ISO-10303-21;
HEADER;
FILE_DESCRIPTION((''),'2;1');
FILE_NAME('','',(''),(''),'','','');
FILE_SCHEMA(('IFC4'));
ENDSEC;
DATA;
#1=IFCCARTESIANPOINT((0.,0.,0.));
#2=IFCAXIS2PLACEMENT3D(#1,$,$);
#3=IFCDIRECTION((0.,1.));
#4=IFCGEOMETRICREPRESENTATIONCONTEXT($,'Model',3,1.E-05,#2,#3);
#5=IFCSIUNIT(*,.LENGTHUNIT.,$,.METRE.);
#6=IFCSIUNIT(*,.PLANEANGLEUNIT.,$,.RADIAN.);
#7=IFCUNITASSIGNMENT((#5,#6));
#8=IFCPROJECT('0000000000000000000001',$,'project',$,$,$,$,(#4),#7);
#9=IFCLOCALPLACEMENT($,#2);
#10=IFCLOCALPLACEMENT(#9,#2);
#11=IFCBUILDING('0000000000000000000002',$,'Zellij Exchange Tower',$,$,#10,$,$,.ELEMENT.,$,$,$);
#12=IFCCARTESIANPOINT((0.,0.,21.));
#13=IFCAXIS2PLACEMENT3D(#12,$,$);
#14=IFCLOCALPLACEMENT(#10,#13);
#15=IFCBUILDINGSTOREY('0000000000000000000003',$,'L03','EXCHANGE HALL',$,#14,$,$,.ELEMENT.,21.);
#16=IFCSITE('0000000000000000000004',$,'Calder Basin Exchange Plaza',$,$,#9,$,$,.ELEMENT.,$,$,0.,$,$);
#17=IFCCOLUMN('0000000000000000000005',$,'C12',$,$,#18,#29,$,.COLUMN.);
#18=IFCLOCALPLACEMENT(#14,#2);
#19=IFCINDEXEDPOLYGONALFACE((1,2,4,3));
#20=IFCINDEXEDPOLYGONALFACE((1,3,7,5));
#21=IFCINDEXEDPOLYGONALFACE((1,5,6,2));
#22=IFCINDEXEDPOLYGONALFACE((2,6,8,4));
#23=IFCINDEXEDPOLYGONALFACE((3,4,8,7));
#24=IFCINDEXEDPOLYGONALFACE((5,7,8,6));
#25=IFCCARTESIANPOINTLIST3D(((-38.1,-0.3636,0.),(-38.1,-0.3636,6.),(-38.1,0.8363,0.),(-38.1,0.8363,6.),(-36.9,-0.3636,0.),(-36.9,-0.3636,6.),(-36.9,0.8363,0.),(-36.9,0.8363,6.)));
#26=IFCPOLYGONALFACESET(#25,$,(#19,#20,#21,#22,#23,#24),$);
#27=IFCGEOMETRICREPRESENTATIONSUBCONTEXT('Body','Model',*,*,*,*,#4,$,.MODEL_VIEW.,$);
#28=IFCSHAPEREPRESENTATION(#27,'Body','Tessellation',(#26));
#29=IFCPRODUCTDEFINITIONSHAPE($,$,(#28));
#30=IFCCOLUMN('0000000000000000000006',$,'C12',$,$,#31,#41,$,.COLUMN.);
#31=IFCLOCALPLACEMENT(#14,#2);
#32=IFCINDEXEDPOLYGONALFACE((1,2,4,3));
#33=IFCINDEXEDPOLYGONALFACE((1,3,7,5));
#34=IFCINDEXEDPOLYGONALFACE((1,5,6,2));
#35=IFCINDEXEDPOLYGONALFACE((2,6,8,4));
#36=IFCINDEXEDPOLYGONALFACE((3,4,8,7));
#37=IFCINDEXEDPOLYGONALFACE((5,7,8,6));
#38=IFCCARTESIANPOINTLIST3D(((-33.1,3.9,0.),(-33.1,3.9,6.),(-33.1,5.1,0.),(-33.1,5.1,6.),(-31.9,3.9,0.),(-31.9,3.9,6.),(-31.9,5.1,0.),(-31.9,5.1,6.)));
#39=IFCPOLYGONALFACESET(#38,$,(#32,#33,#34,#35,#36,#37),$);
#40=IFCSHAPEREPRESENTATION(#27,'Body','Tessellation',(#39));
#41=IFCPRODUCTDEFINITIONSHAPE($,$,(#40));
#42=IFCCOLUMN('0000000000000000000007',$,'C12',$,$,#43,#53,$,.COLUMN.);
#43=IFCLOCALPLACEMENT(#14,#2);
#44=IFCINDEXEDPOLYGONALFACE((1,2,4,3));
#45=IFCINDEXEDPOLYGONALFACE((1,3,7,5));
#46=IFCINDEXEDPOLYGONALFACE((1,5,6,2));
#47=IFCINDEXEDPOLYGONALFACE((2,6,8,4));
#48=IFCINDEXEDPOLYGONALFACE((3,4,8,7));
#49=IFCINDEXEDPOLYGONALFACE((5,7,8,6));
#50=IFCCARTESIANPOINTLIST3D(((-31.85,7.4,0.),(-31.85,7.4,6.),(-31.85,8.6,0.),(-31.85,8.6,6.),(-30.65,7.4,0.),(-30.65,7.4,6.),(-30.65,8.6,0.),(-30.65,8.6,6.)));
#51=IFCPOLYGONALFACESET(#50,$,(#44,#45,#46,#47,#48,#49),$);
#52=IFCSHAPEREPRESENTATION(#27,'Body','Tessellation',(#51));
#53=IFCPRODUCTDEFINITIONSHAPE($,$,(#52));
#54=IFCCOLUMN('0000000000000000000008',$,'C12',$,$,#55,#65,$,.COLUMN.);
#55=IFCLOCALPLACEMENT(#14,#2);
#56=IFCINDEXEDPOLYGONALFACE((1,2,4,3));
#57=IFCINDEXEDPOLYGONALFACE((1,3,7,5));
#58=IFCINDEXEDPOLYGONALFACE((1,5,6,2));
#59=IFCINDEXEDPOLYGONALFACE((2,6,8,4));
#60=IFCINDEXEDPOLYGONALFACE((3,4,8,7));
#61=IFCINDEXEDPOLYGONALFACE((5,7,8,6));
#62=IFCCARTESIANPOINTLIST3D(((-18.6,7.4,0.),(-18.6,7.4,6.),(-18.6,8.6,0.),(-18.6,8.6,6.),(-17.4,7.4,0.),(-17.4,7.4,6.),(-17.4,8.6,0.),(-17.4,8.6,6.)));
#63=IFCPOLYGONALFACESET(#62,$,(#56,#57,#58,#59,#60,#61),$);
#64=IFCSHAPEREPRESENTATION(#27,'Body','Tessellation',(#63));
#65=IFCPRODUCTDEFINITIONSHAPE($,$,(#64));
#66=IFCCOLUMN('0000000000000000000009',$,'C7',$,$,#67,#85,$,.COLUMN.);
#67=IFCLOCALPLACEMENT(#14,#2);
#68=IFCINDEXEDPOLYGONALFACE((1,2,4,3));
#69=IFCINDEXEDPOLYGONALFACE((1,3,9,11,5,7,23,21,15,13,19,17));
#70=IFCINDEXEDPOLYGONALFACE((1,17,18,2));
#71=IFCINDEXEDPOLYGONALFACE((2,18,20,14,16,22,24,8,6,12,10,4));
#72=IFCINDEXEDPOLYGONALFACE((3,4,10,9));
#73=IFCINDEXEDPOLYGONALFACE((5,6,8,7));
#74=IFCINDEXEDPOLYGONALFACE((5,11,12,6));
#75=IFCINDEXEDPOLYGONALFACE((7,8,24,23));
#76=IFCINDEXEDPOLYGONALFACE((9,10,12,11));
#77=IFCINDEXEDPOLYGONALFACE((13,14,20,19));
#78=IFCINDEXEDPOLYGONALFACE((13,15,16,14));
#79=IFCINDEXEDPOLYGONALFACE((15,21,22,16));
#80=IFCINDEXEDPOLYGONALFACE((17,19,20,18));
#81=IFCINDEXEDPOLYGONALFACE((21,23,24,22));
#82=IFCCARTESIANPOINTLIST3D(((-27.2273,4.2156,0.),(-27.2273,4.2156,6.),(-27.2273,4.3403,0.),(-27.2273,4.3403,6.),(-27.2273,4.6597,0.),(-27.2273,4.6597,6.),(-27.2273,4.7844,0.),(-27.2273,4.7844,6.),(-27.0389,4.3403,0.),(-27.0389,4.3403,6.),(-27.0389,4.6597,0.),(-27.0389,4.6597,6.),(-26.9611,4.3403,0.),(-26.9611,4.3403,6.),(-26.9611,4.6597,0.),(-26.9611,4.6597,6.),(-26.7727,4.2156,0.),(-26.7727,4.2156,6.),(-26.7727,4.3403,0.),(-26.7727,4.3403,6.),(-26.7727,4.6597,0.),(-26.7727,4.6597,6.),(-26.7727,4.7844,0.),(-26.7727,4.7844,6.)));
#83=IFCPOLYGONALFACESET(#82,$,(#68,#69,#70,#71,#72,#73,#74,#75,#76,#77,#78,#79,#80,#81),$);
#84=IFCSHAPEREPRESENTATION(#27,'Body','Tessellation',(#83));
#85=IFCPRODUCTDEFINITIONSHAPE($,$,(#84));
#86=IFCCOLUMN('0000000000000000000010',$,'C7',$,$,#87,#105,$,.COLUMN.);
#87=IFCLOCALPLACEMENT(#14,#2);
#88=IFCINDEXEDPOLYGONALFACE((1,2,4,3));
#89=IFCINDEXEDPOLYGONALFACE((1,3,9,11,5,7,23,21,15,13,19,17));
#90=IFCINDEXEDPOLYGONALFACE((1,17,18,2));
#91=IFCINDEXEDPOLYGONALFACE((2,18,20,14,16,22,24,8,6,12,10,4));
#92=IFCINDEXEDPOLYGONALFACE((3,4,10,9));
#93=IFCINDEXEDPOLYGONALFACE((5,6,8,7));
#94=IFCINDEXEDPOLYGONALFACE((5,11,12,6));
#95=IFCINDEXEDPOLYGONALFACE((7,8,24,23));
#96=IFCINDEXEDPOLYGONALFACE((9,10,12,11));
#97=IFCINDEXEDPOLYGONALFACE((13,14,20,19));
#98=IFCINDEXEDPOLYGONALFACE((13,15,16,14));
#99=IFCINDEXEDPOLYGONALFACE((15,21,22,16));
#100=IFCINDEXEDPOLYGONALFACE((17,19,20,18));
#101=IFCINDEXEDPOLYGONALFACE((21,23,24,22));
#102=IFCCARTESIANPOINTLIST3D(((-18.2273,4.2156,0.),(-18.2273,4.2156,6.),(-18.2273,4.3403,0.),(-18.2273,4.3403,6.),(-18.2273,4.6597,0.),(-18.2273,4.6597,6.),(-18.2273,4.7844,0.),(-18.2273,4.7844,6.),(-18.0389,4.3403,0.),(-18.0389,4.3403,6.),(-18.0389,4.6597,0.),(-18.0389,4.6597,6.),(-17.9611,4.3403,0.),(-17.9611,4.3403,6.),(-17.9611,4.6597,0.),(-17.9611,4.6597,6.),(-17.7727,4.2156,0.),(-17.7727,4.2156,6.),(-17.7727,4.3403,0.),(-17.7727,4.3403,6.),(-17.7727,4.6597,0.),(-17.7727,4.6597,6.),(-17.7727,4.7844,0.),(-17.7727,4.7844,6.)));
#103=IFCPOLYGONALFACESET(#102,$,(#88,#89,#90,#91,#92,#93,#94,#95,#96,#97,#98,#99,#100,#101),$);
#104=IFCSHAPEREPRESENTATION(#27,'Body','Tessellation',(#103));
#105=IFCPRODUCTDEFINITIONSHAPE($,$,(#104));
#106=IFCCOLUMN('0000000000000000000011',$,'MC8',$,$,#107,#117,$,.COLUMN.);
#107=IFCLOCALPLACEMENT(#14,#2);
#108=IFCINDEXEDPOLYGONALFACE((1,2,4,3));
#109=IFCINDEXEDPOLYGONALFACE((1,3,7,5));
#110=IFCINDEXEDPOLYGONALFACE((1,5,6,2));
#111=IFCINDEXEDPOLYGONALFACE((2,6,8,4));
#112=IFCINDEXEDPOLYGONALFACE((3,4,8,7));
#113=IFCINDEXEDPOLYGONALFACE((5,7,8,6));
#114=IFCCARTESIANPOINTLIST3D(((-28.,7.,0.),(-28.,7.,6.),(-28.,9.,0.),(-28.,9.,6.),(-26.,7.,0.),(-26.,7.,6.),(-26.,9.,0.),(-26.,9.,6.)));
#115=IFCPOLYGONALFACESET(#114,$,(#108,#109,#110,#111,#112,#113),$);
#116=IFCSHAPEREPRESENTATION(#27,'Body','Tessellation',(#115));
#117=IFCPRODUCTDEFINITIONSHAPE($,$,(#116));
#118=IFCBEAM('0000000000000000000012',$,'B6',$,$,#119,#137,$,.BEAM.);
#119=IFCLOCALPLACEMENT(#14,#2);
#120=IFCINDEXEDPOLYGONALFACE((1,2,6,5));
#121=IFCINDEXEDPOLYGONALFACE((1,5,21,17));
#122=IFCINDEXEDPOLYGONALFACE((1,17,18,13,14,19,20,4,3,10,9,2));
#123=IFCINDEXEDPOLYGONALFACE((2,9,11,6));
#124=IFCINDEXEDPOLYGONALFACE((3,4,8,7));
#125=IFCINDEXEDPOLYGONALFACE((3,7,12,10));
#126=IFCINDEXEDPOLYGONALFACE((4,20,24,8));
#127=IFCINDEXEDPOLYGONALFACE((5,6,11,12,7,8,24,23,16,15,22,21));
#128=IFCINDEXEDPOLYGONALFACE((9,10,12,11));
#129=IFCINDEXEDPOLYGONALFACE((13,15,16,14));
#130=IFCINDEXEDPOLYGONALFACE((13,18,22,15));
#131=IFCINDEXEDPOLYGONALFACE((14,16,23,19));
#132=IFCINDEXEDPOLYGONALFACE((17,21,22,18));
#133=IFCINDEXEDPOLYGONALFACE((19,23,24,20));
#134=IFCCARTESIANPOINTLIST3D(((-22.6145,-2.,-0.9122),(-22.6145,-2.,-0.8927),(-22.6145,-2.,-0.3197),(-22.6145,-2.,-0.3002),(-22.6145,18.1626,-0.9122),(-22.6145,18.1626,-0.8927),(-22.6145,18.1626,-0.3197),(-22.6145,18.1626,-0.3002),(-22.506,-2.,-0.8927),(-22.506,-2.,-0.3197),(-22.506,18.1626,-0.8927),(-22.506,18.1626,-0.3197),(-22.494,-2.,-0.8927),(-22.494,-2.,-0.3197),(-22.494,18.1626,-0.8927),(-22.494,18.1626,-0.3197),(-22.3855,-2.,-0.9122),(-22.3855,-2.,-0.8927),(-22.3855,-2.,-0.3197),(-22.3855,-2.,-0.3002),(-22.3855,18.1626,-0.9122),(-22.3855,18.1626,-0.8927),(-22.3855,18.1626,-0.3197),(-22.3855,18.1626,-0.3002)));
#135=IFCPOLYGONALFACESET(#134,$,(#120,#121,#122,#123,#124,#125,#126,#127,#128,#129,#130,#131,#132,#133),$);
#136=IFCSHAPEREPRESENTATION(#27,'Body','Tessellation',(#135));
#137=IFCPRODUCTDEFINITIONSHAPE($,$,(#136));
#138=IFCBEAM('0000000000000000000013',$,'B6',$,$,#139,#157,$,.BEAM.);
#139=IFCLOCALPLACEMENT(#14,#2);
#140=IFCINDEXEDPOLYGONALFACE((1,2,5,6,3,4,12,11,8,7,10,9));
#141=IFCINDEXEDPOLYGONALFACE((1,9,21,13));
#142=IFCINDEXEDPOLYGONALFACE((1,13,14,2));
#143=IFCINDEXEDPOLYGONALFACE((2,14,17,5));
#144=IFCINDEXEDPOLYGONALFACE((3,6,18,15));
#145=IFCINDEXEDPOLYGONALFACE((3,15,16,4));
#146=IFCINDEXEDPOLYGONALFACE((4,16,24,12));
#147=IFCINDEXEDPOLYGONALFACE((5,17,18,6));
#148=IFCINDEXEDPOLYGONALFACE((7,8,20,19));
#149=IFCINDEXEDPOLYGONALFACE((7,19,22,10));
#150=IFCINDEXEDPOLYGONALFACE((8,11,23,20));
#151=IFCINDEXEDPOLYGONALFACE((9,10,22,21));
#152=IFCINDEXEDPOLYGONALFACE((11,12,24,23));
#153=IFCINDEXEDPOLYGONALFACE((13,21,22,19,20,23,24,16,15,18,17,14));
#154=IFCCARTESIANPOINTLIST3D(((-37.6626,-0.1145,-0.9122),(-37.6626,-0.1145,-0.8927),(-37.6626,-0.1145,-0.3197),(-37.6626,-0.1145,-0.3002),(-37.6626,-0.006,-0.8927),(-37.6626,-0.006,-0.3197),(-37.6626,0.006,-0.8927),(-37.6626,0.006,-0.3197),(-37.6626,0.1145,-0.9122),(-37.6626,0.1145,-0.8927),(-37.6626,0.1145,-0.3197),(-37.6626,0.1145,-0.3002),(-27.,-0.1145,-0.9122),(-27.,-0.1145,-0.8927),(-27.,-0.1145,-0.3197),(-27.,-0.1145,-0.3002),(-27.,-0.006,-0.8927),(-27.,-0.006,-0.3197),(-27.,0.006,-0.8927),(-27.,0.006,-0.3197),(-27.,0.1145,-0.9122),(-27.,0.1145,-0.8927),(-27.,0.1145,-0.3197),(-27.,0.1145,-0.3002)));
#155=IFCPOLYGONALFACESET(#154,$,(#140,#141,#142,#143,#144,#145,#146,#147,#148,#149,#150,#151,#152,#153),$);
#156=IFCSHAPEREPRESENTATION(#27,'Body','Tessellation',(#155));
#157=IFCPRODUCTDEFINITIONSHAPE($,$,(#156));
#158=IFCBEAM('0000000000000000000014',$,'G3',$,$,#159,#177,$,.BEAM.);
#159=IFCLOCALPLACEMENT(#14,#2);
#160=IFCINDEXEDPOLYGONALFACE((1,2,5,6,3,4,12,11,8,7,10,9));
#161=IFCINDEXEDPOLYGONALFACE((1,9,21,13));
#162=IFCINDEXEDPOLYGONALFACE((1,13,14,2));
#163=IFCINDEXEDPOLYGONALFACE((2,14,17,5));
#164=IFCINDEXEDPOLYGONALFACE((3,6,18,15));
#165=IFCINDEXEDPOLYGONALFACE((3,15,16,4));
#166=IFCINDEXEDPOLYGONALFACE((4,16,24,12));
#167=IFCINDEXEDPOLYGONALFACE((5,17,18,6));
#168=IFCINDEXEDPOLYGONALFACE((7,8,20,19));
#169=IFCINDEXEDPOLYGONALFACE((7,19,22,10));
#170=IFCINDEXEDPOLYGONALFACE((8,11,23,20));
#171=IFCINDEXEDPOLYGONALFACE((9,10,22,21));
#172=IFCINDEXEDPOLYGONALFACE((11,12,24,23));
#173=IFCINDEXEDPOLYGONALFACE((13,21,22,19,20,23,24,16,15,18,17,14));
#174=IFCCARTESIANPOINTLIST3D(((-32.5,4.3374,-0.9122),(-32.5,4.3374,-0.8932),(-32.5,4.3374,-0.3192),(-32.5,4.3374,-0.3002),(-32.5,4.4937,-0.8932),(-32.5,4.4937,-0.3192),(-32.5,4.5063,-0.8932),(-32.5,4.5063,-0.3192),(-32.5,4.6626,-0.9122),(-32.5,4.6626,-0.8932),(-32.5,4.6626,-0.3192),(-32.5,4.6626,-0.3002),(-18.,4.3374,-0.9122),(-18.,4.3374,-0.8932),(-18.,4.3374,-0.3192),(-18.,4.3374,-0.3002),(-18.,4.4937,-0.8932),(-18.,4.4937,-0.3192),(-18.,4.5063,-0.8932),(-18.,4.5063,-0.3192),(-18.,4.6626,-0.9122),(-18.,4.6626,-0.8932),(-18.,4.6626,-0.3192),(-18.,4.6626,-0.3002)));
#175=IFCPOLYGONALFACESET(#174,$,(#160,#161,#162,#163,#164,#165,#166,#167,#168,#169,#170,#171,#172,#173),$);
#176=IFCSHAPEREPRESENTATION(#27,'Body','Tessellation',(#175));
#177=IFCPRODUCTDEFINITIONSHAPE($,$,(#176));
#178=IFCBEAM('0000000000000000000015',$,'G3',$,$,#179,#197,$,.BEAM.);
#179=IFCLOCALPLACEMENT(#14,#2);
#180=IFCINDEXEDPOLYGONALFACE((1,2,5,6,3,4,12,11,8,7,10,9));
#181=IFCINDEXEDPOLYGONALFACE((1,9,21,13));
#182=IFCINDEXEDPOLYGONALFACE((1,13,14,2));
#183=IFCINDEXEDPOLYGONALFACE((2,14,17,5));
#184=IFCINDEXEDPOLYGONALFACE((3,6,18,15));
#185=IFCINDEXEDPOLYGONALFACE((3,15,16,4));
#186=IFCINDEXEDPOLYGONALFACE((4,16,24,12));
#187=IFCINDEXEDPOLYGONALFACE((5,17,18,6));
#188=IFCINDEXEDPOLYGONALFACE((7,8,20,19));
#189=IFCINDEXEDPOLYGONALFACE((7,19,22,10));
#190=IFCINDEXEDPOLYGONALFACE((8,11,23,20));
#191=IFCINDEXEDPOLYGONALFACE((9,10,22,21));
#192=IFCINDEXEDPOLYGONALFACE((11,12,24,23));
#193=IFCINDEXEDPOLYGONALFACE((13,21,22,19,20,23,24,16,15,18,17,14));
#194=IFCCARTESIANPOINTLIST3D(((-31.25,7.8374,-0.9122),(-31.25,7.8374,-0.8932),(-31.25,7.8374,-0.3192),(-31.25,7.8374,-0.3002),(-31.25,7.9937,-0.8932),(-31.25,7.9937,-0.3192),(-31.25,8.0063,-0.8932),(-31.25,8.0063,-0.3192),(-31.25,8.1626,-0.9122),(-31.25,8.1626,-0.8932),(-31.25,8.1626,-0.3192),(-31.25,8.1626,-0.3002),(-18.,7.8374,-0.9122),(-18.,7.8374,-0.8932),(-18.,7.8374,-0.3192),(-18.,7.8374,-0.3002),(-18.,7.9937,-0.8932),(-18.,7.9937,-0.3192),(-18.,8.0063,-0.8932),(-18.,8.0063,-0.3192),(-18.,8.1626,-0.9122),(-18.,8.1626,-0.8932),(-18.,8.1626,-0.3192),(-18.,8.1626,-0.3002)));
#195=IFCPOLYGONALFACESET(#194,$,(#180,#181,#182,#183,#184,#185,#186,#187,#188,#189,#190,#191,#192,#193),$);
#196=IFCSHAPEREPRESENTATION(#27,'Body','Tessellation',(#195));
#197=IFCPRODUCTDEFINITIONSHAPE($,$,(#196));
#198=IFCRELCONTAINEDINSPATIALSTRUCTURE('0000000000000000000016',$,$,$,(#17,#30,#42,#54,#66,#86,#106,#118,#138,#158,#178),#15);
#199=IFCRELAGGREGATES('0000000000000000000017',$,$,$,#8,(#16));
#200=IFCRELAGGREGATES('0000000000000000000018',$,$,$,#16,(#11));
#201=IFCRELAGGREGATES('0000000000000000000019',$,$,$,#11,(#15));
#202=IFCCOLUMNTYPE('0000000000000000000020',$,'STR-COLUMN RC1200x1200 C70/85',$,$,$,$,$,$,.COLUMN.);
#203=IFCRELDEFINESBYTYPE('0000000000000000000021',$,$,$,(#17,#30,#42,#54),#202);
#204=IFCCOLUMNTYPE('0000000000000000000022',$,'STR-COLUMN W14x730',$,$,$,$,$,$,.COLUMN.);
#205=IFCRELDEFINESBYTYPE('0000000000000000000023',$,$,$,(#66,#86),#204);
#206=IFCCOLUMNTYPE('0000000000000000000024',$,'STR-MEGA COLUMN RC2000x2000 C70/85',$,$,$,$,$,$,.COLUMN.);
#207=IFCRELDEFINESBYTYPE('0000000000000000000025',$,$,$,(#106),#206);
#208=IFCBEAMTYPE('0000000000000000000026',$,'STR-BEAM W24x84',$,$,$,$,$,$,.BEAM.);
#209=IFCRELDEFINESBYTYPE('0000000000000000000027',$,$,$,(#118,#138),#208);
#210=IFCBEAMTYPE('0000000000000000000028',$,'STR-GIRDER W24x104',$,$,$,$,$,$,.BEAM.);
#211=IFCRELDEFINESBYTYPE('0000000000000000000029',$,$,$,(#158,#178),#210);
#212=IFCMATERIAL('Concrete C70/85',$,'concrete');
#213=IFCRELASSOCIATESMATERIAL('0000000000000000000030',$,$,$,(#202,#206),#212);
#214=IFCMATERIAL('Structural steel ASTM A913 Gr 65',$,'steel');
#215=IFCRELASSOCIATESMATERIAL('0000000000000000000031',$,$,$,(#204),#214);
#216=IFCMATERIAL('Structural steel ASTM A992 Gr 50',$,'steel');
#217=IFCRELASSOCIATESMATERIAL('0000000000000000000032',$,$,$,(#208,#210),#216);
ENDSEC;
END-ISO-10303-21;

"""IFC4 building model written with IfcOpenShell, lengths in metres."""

from ifc_helpers import new_model, si_unit, direction, frame, origin, origin_2d, place, context, subcontext, project, spatial, rectangle, i_section, extrude, material, material_profile, profile_set, type_object, element, save


model = new_model("IFC4")

# Units and contexts
model_context = context("Model", 3, precision=1e-05, world=origin(), true_north=direction((0.0, 1.0)))
body_context = subcontext(model_context, "Body", "Model", "MODEL_VIEW")
ifc_project = project(units=[si_unit("LENGTHUNIT", "METRE"), si_unit("PLANEANGLEUNIT", "RADIAN")], contexts=[model_context])

# Site, building, storey
site_placement = place(None, origin())
site = spatial("IfcSite", under=ifc_project, at=site_placement, Name="Calder Basin Exchange Plaza", CompositionType="ELEMENT", RefElevation=0.0)
building_placement = place(site_placement, origin())
building = spatial("IfcBuilding", under=site, at=building_placement, Name="Zellij Exchange Tower", CompositionType="ELEMENT")
storey_placement = place(building_placement, frame((0.0, 0.0, 21.0)))
storey = spatial("IfcBuildingStorey", under=building, at=storey_placement, Name="L03", Description="EXCHANGE HALL", CompositionType="ELEMENT", Elevation=21.0)

# Columns
ifc_material_1 = material(Name="Concrete C70/85", Category="concrete")
ifc_material_profile_1 = material_profile(ifc_material_1, rectangle(XDim=1.2, YDim=1.2, at=origin_2d()), Name="STR-COLUMN RC1200x1200 C70/85")
ifc_profile_set_1 = profile_set([ifc_material_profile_1], Name="Concrete C70/85")
column_type_1 = type_object("IfcColumnType", Name="STR-COLUMN RC1200x1200 C70/85", PredefinedType="COLUMN", material=ifc_profile_set_1)
for number, where, z_axis, x_axis, name in (
    (1, (-37.5, 0.2363, 0.0), (0.0, 0.0, 1.0), (1.0, 0.0, 0.0), "C12"),
    (2, (-32.5, 4.5, 0.0), (0.0, 0.0, 1.0), (1.0, 0.0, 0.0), "C12"),
    (3, (-31.25, 8.0, 0.0), (0.0, 0.0, 1.0), (1.0, 0.0, 0.0), "C12"),
    (4, (-18.0, 8.0, 0.0), (0.0, 0.0, 1.0), (1.0, 0.0, 0.0), "C12"),
):
    element("IfcColumn", number, at=place(storey_placement, frame(where, z_axis=z_axis, x_axis=x_axis)), inside=storey, type_object=column_type_1, Name=name, PredefinedType="COLUMN", context=body_context, shape_type="SweptSolid", body=[
        extrude(rectangle(XDim=1.2, YDim=1.2, at=origin_2d()), origin(), (0.0, 0.0, 1.0), 6.0),
    ])
ifc_material_2 = material(Name="Structural steel ASTM A913 Gr 65", Category="steel")
ifc_material_profile_2 = material_profile(ifc_material_2, i_section(OverallWidth=0.4546, OverallDepth=0.5688, WebThickness=0.0779, FlangeThickness=0.1248, at=origin_2d()), Name="W14x730")
ifc_profile_set_2 = profile_set([ifc_material_profile_2], Name="Structural steel ASTM A913 Gr 65")
column_type_2 = type_object("IfcColumnType", Name="STR-COLUMN W14x730", PredefinedType="COLUMN", material=ifc_profile_set_2)
for number, where, z_axis, x_axis, name in (
    (5, (-27.0, 4.5, 0.0), (0.0, 0.0, 1.0), (1.0, 0.0, 0.0), "C7"),
    (6, (-18.0, 4.5, 0.0), (0.0, 0.0, 1.0), (1.0, 0.0, 0.0), "C7"),
):
    element("IfcColumn", number, at=place(storey_placement, frame(where, z_axis=z_axis, x_axis=x_axis)), inside=storey, type_object=column_type_2, Name=name, PredefinedType="COLUMN", context=body_context, shape_type="SweptSolid", body=[
        extrude(i_section(OverallWidth=0.4546, OverallDepth=0.5688, WebThickness=0.0779, FlangeThickness=0.1248, at=origin_2d()), origin(), (0.0, 0.0, 1.0), 6.0),
    ])
ifc_material_profile_3 = material_profile(ifc_material_1, rectangle(XDim=2.0, YDim=2.0, at=origin_2d()), Name="STR-MEGA COLUMN RC2000x2000 C70/85")
ifc_profile_set_3 = profile_set([ifc_material_profile_3], Name="Concrete C70/85")
column_type_3 = type_object("IfcColumnType", Name="STR-MEGA COLUMN RC2000x2000 C70/85", PredefinedType="COLUMN", material=ifc_profile_set_3)
column_placement = place(storey_placement, frame((-27.0, 8.0, 0.0), z_axis=(0.0, 0.0, 1.0), x_axis=(1.0, 0.0, 0.0)))
element("IfcColumn", 7, at=column_placement, inside=storey, type_object=column_type_3, Name="MC8", PredefinedType="COLUMN", context=body_context, shape_type="SweptSolid", body=[
    extrude(rectangle(XDim=2.0, YDim=2.0, at=origin_2d()), origin(), (0.0, 0.0, 1.0), 6.0),
])

# Beams
ifc_material_3 = material(Name="Structural steel ASTM A992 Gr 50", Category="steel")
ifc_material_profile_4 = material_profile(ifc_material_3, i_section(OverallWidth=0.229, OverallDepth=0.6121, WebThickness=0.012, FlangeThickness=0.0195, at=origin_2d()), Name="W24x84")
ifc_profile_set_4 = profile_set([ifc_material_profile_4], Name="Structural steel ASTM A992 Gr 50")
beam_type_1 = type_object("IfcBeamType", Name="STR-BEAM W24x84", PredefinedType="BEAM", material=ifc_profile_set_4)
beam_1_placement = place(storey_placement, frame((-22.5, -2.0, -0.6062), z_axis=(0.0, 1.0, 0.0), x_axis=(-1.0, 0.0, 0.0)))
element("IfcBeam", 8, at=beam_1_placement, inside=storey, type_object=beam_type_1, Name="B6", PredefinedType="BEAM", context=body_context, shape_type="SweptSolid", body=[
    extrude(i_section(OverallWidth=0.229, OverallDepth=0.6121, WebThickness=0.012, FlangeThickness=0.0195, at=origin_2d()), origin(), (0.0, 0.0, 1.0), 20.1626),
])
beam_2_placement = place(storey_placement, frame((-37.6626, 0.0, -0.6062), z_axis=(1.0, 0.0, 0.0), x_axis=(0.0, 1.0, 0.0)))
element("IfcBeam", 9, at=beam_2_placement, inside=storey, type_object=beam_type_1, Name="B6", PredefinedType="BEAM", context=body_context, shape_type="SweptSolid", body=[
    extrude(i_section(OverallWidth=0.229, OverallDepth=0.6121, WebThickness=0.012, FlangeThickness=0.0195, at=origin_2d()), origin(), (0.0, 0.0, 1.0), 10.6626),
])
ifc_material_profile_5 = material_profile(ifc_material_3, i_section(OverallWidth=0.3252, OverallDepth=0.6121, WebThickness=0.0127, FlangeThickness=0.019, at=origin_2d()), Name="W24x104")
ifc_profile_set_5 = profile_set([ifc_material_profile_5], Name="Structural steel ASTM A992 Gr 50")
beam_type_2 = type_object("IfcBeamType", Name="STR-GIRDER W24x104", PredefinedType="BEAM", material=ifc_profile_set_5)
beam_3_placement = place(storey_placement, frame((-32.5, 4.5, -0.6062), z_axis=(1.0, 0.0, 0.0), x_axis=(0.0, 1.0, 0.0)))
element("IfcBeam", 10, at=beam_3_placement, inside=storey, type_object=beam_type_2, Name="G3", PredefinedType="BEAM", context=body_context, shape_type="SweptSolid", body=[
    extrude(i_section(OverallWidth=0.3252, OverallDepth=0.6121, WebThickness=0.0127, FlangeThickness=0.019, at=origin_2d()), origin(), (0.0, 0.0, 1.0), 14.5),
])
beam_4_placement = place(storey_placement, frame((-31.25, 8.0, -0.6062), z_axis=(1.0, 0.0, 0.0), x_axis=(0.0, 1.0, 0.0)))
element("IfcBeam", 11, at=beam_4_placement, inside=storey, type_object=beam_type_2, Name="G3", PredefinedType="BEAM", context=body_context, shape_type="SweptSolid", body=[
    extrude(i_section(OverallWidth=0.3252, OverallDepth=0.6121, WebThickness=0.0127, FlangeThickness=0.019, at=origin_2d()), origin(), (0.0, 0.0, 1.0), 13.25),
])

save(model, "model.ifc")
